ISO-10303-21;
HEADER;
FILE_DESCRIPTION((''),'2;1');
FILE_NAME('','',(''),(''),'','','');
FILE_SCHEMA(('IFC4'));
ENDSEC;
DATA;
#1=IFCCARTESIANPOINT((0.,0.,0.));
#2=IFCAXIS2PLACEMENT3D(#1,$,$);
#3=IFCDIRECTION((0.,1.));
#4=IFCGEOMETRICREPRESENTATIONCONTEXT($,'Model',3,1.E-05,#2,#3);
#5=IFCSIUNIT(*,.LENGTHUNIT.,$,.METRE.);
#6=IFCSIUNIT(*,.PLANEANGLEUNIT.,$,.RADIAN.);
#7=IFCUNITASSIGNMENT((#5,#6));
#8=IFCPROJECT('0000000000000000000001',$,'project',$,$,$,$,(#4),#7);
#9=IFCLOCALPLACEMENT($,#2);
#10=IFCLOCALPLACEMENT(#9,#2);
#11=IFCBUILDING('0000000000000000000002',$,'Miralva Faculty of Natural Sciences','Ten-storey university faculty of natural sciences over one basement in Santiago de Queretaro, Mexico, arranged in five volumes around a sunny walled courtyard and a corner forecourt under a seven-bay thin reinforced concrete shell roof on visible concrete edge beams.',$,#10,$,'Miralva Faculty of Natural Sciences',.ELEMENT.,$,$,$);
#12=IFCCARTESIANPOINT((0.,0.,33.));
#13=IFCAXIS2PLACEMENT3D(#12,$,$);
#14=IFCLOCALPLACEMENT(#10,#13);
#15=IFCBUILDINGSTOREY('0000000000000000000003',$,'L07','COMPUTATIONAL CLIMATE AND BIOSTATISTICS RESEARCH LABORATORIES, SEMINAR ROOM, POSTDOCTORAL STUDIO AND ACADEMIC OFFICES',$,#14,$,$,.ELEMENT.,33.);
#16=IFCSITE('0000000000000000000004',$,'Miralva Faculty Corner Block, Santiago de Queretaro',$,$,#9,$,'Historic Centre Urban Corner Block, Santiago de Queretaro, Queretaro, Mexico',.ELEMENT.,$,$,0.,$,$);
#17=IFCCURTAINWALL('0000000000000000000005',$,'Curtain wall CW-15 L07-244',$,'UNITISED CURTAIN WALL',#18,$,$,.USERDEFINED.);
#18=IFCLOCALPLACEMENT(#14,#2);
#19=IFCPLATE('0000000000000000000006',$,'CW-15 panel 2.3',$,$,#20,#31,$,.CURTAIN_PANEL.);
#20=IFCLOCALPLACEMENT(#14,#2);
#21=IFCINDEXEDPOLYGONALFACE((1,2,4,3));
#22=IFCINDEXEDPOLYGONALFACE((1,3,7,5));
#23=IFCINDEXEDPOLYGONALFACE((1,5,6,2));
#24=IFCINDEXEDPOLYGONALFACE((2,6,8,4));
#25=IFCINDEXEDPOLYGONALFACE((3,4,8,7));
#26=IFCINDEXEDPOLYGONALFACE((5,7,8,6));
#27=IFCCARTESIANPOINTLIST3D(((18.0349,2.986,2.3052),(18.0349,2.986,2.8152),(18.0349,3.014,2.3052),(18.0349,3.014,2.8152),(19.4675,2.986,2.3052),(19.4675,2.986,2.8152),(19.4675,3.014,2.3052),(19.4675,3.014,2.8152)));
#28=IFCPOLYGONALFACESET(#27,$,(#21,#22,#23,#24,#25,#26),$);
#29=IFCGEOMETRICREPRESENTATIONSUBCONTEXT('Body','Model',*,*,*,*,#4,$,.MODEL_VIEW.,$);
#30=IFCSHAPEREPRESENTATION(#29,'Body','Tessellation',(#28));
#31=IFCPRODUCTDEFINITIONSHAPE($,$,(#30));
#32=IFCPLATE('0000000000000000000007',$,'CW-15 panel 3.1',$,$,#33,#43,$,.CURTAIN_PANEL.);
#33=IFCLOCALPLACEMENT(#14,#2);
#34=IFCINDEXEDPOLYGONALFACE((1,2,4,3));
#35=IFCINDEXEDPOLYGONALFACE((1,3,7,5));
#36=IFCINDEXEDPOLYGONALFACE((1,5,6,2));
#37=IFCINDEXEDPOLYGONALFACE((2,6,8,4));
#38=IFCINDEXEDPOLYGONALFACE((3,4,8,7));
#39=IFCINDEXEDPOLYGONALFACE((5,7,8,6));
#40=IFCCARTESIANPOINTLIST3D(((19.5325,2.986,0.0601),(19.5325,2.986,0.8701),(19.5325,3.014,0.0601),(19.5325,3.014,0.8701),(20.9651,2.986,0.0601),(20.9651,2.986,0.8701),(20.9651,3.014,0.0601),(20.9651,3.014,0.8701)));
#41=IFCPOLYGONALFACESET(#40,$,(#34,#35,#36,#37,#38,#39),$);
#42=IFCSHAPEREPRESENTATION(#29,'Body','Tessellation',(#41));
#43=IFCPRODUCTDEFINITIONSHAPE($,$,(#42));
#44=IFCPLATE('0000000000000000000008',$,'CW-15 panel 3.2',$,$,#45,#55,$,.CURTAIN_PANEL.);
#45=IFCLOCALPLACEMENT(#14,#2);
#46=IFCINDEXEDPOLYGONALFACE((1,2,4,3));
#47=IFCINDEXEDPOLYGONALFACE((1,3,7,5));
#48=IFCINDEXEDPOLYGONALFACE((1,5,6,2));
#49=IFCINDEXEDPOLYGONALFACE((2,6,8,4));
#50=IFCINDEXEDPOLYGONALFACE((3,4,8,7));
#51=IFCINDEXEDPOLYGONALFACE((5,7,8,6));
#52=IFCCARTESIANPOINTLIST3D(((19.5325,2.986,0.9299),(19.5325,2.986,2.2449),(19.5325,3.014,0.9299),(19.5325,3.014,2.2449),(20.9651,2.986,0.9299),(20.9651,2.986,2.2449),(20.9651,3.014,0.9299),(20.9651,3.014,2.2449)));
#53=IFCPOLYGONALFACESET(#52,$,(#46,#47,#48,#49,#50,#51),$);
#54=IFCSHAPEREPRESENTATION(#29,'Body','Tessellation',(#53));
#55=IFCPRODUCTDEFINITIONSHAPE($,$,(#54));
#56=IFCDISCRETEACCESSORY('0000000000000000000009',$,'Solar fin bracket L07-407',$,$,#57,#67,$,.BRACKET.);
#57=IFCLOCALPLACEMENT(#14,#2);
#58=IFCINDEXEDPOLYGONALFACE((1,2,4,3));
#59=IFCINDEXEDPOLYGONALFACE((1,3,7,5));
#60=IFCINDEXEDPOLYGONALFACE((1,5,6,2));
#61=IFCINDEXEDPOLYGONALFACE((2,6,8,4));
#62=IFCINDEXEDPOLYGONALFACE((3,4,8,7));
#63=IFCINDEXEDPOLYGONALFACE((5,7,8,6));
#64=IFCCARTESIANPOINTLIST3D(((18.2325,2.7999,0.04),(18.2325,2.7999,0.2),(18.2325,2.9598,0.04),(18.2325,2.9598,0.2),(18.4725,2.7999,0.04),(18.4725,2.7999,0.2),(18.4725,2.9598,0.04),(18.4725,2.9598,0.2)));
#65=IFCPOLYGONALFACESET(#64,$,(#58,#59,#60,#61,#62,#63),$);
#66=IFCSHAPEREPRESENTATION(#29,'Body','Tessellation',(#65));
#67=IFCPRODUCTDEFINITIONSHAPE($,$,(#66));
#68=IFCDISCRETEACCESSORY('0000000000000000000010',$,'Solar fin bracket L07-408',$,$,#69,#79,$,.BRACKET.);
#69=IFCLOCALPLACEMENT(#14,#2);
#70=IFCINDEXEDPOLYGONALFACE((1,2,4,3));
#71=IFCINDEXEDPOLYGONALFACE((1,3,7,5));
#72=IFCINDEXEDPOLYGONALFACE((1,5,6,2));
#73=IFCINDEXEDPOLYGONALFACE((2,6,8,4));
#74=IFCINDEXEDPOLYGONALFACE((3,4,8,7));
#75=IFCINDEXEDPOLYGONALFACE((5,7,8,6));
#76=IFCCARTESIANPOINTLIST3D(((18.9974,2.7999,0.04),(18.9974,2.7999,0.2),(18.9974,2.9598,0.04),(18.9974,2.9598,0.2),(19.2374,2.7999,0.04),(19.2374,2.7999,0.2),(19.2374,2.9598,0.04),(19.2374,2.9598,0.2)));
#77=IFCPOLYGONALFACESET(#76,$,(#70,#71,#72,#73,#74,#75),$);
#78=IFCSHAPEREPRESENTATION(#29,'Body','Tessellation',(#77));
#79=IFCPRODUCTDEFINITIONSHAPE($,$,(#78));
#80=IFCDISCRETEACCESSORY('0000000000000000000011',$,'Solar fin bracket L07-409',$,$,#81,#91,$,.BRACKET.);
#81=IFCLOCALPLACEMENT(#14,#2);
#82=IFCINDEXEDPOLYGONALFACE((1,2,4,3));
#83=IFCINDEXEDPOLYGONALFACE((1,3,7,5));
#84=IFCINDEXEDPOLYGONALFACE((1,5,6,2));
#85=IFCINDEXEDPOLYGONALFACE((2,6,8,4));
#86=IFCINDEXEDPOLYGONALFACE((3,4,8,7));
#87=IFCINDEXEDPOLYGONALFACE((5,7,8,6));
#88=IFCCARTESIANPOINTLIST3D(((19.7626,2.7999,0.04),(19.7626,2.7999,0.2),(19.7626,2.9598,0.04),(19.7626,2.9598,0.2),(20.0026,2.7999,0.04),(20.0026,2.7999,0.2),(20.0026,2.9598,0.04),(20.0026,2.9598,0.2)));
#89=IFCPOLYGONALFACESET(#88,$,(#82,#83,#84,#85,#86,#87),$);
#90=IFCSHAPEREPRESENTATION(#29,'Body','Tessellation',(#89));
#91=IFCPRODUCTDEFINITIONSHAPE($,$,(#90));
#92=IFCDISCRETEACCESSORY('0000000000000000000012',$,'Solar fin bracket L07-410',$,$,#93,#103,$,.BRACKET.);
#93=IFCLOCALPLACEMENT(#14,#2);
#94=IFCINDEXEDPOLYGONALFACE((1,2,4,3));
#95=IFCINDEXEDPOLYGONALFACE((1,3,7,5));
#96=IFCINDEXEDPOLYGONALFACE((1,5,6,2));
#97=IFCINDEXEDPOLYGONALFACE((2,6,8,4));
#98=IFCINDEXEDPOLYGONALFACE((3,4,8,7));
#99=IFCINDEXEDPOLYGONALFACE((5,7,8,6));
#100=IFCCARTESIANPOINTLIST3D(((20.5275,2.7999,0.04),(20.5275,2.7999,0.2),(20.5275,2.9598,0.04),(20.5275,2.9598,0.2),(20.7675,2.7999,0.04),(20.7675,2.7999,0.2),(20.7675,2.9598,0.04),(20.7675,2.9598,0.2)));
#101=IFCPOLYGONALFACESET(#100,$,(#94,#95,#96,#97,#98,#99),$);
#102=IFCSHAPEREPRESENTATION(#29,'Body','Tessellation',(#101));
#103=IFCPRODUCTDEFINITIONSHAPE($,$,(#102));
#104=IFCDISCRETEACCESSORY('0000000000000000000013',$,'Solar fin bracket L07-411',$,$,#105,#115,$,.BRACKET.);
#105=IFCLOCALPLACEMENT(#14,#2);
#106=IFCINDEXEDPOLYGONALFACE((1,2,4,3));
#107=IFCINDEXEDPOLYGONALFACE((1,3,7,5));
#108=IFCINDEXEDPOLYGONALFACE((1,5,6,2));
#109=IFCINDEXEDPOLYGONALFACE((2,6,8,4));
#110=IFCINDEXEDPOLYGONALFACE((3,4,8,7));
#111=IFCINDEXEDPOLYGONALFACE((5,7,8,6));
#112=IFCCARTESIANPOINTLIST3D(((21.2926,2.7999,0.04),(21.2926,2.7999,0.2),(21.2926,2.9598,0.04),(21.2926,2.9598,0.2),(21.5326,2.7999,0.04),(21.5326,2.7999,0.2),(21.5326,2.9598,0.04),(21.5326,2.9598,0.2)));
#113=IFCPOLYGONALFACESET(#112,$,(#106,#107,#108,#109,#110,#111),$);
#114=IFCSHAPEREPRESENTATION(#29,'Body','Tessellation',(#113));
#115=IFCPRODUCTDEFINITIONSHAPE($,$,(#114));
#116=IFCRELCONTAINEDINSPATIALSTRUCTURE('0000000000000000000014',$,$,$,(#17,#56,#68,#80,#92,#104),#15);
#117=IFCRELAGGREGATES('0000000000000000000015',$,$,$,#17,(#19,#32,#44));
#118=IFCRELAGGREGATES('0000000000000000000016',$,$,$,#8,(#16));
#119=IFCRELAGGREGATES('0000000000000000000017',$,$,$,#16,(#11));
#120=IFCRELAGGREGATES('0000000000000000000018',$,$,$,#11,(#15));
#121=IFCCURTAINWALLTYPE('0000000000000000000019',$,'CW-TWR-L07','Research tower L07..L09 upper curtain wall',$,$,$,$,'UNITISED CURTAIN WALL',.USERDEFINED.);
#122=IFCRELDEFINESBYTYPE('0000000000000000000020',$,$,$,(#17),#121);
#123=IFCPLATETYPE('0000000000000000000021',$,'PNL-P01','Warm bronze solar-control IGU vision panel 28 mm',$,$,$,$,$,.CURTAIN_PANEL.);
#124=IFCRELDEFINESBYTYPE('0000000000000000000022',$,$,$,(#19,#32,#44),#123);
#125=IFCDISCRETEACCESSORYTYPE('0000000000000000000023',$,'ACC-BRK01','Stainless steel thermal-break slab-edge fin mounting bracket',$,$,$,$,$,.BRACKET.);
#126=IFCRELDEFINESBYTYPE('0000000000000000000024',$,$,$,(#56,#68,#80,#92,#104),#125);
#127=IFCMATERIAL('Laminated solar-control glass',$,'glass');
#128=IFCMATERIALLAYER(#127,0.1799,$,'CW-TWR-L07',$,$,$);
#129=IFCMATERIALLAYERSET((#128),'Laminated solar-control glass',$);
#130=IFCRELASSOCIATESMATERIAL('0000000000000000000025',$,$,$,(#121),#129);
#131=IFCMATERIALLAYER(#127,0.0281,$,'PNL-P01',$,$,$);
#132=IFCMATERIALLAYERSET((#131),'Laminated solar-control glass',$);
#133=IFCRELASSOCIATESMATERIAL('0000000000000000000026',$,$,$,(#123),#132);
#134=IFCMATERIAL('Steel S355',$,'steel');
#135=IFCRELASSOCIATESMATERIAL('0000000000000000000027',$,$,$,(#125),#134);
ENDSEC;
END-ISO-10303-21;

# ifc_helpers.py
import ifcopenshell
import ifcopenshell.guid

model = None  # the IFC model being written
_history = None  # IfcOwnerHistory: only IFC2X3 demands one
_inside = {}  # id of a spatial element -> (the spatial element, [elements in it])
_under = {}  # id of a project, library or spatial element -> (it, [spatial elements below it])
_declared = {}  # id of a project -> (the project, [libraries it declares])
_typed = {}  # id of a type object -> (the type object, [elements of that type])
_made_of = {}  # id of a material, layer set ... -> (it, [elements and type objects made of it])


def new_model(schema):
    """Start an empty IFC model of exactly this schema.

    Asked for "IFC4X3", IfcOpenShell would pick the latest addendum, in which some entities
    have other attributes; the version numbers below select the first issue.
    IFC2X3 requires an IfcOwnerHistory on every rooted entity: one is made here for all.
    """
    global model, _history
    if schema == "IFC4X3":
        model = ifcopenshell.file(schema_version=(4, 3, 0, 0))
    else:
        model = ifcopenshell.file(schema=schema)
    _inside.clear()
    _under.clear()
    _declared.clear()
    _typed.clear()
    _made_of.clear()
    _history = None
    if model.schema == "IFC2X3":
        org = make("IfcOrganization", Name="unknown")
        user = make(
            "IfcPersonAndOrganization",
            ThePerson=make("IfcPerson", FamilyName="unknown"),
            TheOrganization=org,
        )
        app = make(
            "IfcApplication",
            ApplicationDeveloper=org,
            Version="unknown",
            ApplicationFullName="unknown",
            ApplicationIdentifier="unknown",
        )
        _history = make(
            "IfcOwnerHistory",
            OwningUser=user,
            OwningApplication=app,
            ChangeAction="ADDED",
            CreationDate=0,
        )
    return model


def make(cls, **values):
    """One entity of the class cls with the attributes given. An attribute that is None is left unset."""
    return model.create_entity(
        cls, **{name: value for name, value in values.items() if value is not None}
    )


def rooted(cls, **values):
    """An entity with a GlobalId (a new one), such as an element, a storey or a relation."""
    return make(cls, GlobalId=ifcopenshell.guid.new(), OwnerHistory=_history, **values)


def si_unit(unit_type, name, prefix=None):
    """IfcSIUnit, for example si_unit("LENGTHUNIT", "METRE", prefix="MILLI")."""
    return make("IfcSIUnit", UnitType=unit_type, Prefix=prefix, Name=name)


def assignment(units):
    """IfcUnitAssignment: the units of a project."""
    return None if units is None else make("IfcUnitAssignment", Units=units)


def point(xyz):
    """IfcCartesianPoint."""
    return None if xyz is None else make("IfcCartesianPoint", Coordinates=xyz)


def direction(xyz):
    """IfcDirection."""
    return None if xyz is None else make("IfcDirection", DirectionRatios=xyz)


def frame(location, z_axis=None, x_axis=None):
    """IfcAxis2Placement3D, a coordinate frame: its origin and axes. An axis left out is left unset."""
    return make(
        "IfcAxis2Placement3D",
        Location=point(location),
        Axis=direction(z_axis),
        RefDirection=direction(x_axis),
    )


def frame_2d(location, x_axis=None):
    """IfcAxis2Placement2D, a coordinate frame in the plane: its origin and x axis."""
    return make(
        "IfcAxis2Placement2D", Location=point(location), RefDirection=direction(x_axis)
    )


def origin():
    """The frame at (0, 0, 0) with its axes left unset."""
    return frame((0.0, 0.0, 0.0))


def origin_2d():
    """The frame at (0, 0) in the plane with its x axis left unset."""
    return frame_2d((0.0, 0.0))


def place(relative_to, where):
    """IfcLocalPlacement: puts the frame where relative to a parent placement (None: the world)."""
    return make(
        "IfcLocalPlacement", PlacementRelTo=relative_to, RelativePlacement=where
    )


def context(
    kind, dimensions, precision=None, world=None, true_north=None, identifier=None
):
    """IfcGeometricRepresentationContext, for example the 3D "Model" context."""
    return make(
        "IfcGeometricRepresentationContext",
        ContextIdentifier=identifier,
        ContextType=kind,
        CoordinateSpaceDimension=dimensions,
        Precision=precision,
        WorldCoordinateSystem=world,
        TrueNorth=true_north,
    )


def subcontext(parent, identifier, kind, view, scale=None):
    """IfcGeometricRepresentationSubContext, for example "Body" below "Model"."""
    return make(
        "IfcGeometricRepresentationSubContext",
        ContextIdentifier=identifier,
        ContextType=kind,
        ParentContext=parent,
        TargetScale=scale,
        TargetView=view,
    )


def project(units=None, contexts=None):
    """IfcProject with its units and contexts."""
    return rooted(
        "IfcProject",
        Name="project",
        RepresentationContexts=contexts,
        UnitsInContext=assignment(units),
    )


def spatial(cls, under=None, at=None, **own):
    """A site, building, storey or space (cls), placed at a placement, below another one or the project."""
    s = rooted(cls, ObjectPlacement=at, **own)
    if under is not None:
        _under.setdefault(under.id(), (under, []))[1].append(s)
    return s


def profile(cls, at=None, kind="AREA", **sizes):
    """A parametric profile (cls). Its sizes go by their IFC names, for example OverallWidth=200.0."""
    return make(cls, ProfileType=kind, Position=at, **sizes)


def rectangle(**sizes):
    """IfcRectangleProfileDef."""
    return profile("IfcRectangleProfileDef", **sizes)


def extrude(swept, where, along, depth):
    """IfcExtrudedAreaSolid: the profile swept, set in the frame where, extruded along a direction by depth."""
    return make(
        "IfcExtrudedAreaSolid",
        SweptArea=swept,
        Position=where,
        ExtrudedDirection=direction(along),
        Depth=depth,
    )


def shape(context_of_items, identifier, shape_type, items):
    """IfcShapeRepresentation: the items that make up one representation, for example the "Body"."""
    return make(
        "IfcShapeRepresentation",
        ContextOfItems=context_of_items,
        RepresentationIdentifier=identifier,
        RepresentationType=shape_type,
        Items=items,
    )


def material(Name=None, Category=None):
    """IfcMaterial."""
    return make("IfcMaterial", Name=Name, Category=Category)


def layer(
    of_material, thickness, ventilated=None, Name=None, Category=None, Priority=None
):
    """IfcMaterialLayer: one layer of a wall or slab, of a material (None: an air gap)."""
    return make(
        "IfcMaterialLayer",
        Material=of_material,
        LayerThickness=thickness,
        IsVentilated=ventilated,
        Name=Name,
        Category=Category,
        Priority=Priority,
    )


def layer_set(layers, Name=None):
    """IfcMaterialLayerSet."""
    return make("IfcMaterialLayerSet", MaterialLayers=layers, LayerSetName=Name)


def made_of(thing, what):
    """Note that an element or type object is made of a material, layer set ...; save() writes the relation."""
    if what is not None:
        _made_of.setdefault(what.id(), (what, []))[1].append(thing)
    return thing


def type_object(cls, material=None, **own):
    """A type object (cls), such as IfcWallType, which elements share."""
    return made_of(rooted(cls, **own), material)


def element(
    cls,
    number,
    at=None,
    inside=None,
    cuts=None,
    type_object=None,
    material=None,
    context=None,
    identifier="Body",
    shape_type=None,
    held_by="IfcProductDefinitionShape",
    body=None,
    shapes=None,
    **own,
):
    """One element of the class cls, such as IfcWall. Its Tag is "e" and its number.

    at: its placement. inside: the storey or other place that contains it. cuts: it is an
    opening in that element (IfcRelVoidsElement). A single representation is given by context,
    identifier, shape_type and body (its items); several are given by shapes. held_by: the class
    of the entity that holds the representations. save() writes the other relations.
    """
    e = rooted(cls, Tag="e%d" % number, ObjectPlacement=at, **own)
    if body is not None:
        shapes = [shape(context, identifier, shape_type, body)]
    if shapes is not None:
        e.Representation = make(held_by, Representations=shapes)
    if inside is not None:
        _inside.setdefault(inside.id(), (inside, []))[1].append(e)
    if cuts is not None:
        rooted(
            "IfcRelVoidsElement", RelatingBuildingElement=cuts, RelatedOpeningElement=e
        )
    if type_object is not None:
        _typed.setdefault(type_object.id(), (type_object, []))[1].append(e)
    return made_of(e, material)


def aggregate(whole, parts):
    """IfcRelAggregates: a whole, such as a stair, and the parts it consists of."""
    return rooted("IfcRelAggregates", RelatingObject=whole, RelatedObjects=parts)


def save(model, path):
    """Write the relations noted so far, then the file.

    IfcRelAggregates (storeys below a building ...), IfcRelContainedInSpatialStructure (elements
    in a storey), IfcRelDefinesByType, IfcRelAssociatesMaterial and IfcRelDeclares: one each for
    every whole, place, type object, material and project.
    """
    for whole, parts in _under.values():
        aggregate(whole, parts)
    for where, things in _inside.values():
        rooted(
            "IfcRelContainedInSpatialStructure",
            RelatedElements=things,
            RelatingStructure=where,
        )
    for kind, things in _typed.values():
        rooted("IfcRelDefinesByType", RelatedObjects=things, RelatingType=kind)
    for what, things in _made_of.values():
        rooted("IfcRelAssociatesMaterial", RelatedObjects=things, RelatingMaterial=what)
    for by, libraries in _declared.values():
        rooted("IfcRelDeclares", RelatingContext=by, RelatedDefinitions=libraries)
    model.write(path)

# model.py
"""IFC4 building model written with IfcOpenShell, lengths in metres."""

from ifc_helpers import new_model, si_unit, direction, frame, origin, origin_2d, place, context, subcontext, project, spatial, rectangle, extrude, material, layer, layer_set, type_object, element, aggregate, save


model = new_model("IFC4")

# Units and contexts
model_context = context("Model", 3, precision=1e-05, world=origin(), true_north=direction((0.0, 1.0)))
body_context = subcontext(model_context, "Body", "Model", "MODEL_VIEW")
ifc_project = project(units=[si_unit("LENGTHUNIT", "METRE"), si_unit("PLANEANGLEUNIT", "RADIAN")], contexts=[model_context])

# Site, building, storey
site_placement = place(None, origin())
site = spatial("IfcSite", under=ifc_project, at=site_placement, Name="Miralva Faculty Corner Block, Santiago de Queretaro", LongName="Historic Centre Urban Corner Block, Santiago de Queretaro, Queretaro, Mexico", CompositionType="ELEMENT", RefElevation=0.0)
building_placement = place(site_placement, origin())
building = spatial("IfcBuilding", under=site, at=building_placement, Name="Miralva Faculty of Natural Sciences", Description="Ten-storey university faculty of natural sciences over one basement in Santiago de Queretaro, Mexico, arranged in five volumes around a sunny walled courtyard and a corner forecourt under a seven-bay thin reinforced concrete shell roof on visible concrete edge beams.", LongName="Miralva Faculty of Natural Sciences", CompositionType="ELEMENT")
storey_placement = place(building_placement, frame((0.0, 0.0, 33.0)))
storey = spatial("IfcBuildingStorey", under=building, at=storey_placement, Name="L07", Description="COMPUTATIONAL CLIMATE AND BIOSTATISTICS RESEARCH LABORATORIES, SEMINAR ROOM, POSTDOCTORAL STUDIO AND ACADEMIC OFFICES", CompositionType="ELEMENT", Elevation=33.0)

# Curtain wall
ifc_material_1 = material(Name="Laminated solar-control glass", Category="glass")
ifc_layer_1 = layer(ifc_material_1, 0.1799, Name="CW-TWR-L07")
ifc_layer_set_1 = layer_set([ifc_layer_1], Name="Laminated solar-control glass")
curtain_wall_type = type_object("IfcCurtainWallType", Name="CW-TWR-L07", Description="Research tower L07..L09 upper curtain wall", ElementType="UNITISED CURTAIN WALL", PredefinedType="USERDEFINED", material=ifc_layer_set_1)
curtain_wall_placement = place(storey_placement, origin())
curtain_wall = element("IfcCurtainWall", 1, at=curtain_wall_placement, inside=storey, type_object=curtain_wall_type, Name="Curtain wall CW-15 L07-244", ObjectType="UNITISED CURTAIN WALL", PredefinedType="USERDEFINED")

# Plates
ifc_layer_2 = layer(ifc_material_1, 0.0281, Name="PNL-P01")
ifc_layer_set_2 = layer_set([ifc_layer_2], Name="Laminated solar-control glass")
plate_type = type_object("IfcPlateType", Name="PNL-P01", Description="Warm bronze solar-control IGU vision panel 28 mm", PredefinedType="CURTAIN_PANEL", material=ifc_layer_set_2)
plate_1_placement = place(storey_placement, frame((18.7512, 3.0, 2.3052), z_axis=(0.0, 0.0, 1.0), x_axis=(1.0, 0.0, 0.0)))
plate_1 = element("IfcPlate", 2, at=plate_1_placement, type_object=plate_type, Name="CW-15 panel 2.3", PredefinedType="CURTAIN_PANEL", context=body_context, shape_type="SweptSolid", body=[
    extrude(rectangle(XDim=1.4326, YDim=0.0281, at=origin_2d()), origin(), (0.0, 0.0, 1.0), 0.51),
])
plate_2_placement = place(storey_placement, frame((20.2488, 3.0, 0.0601), z_axis=(0.0, 0.0, 1.0), x_axis=(1.0, 0.0, 0.0)))
plate_2 = element("IfcPlate", 3, at=plate_2_placement, type_object=plate_type, Name="CW-15 panel 3.1", PredefinedType="CURTAIN_PANEL", context=body_context, shape_type="SweptSolid", body=[
    extrude(rectangle(XDim=1.4326, YDim=0.0281, at=origin_2d()), origin(), (0.0, 0.0, 1.0), 0.8101),
])
plate_3_placement = place(storey_placement, frame((20.2488, 3.0, 0.9299), z_axis=(0.0, 0.0, 1.0), x_axis=(1.0, 0.0, 0.0)))
plate_3 = element("IfcPlate", 4, at=plate_3_placement, type_object=plate_type, Name="CW-15 panel 3.2", PredefinedType="CURTAIN_PANEL", context=body_context, shape_type="SweptSolid", body=[
    extrude(rectangle(XDim=1.4326, YDim=0.0281, at=origin_2d()), origin(), (0.0, 0.0, 1.0), 1.3149),
])
aggregate(curtain_wall, [plate_1, plate_2, plate_3])

# Discrete accessories
ifc_material_2 = material(Name="Steel S355", Category="steel")
discrete_accessory_type = type_object("IfcDiscreteAccessoryType", Name="ACC-BRK01", Description="Stainless steel thermal-break slab-edge fin mounting bracket", PredefinedType="BRACKET", material=ifc_material_2)
for number, where, z_axis, x_axis, name in (
    (5, (18.3525, 2.8799, 0.04), (0.0, 0.0, 1.0), (0.0, -1.0, 0.0), "Solar fin bracket L07-407"),
    (6, (19.1174, 2.8799, 0.04), (0.0, 0.0, 1.0), (0.0, -1.0, 0.0), "Solar fin bracket L07-408"),
    (7, (19.8826, 2.8799, 0.04), (0.0, 0.0, 1.0), (0.0, -1.0, 0.0), "Solar fin bracket L07-409"),
    (8, (20.6475, 2.8799, 0.04), (0.0, 0.0, 1.0), (0.0, -1.0, 0.0), "Solar fin bracket L07-410"),
    (9, (21.4126, 2.8799, 0.04), (0.0, 0.0, 1.0), (0.0, -1.0, 0.0), "Solar fin bracket L07-411"),
):
    element("IfcDiscreteAccessory", number, at=place(storey_placement, frame(where, z_axis=z_axis, x_axis=x_axis)), inside=storey, type_object=discrete_accessory_type, Name=name, PredefinedType="BRACKET", context=body_context, shape_type="SweptSolid", body=[
        extrude(rectangle(XDim=0.1599, YDim=0.24, at=origin_2d()), origin(), (0.0, 0.0, 1.0), 0.1599),
    ])

save(model, "model.ifc")
